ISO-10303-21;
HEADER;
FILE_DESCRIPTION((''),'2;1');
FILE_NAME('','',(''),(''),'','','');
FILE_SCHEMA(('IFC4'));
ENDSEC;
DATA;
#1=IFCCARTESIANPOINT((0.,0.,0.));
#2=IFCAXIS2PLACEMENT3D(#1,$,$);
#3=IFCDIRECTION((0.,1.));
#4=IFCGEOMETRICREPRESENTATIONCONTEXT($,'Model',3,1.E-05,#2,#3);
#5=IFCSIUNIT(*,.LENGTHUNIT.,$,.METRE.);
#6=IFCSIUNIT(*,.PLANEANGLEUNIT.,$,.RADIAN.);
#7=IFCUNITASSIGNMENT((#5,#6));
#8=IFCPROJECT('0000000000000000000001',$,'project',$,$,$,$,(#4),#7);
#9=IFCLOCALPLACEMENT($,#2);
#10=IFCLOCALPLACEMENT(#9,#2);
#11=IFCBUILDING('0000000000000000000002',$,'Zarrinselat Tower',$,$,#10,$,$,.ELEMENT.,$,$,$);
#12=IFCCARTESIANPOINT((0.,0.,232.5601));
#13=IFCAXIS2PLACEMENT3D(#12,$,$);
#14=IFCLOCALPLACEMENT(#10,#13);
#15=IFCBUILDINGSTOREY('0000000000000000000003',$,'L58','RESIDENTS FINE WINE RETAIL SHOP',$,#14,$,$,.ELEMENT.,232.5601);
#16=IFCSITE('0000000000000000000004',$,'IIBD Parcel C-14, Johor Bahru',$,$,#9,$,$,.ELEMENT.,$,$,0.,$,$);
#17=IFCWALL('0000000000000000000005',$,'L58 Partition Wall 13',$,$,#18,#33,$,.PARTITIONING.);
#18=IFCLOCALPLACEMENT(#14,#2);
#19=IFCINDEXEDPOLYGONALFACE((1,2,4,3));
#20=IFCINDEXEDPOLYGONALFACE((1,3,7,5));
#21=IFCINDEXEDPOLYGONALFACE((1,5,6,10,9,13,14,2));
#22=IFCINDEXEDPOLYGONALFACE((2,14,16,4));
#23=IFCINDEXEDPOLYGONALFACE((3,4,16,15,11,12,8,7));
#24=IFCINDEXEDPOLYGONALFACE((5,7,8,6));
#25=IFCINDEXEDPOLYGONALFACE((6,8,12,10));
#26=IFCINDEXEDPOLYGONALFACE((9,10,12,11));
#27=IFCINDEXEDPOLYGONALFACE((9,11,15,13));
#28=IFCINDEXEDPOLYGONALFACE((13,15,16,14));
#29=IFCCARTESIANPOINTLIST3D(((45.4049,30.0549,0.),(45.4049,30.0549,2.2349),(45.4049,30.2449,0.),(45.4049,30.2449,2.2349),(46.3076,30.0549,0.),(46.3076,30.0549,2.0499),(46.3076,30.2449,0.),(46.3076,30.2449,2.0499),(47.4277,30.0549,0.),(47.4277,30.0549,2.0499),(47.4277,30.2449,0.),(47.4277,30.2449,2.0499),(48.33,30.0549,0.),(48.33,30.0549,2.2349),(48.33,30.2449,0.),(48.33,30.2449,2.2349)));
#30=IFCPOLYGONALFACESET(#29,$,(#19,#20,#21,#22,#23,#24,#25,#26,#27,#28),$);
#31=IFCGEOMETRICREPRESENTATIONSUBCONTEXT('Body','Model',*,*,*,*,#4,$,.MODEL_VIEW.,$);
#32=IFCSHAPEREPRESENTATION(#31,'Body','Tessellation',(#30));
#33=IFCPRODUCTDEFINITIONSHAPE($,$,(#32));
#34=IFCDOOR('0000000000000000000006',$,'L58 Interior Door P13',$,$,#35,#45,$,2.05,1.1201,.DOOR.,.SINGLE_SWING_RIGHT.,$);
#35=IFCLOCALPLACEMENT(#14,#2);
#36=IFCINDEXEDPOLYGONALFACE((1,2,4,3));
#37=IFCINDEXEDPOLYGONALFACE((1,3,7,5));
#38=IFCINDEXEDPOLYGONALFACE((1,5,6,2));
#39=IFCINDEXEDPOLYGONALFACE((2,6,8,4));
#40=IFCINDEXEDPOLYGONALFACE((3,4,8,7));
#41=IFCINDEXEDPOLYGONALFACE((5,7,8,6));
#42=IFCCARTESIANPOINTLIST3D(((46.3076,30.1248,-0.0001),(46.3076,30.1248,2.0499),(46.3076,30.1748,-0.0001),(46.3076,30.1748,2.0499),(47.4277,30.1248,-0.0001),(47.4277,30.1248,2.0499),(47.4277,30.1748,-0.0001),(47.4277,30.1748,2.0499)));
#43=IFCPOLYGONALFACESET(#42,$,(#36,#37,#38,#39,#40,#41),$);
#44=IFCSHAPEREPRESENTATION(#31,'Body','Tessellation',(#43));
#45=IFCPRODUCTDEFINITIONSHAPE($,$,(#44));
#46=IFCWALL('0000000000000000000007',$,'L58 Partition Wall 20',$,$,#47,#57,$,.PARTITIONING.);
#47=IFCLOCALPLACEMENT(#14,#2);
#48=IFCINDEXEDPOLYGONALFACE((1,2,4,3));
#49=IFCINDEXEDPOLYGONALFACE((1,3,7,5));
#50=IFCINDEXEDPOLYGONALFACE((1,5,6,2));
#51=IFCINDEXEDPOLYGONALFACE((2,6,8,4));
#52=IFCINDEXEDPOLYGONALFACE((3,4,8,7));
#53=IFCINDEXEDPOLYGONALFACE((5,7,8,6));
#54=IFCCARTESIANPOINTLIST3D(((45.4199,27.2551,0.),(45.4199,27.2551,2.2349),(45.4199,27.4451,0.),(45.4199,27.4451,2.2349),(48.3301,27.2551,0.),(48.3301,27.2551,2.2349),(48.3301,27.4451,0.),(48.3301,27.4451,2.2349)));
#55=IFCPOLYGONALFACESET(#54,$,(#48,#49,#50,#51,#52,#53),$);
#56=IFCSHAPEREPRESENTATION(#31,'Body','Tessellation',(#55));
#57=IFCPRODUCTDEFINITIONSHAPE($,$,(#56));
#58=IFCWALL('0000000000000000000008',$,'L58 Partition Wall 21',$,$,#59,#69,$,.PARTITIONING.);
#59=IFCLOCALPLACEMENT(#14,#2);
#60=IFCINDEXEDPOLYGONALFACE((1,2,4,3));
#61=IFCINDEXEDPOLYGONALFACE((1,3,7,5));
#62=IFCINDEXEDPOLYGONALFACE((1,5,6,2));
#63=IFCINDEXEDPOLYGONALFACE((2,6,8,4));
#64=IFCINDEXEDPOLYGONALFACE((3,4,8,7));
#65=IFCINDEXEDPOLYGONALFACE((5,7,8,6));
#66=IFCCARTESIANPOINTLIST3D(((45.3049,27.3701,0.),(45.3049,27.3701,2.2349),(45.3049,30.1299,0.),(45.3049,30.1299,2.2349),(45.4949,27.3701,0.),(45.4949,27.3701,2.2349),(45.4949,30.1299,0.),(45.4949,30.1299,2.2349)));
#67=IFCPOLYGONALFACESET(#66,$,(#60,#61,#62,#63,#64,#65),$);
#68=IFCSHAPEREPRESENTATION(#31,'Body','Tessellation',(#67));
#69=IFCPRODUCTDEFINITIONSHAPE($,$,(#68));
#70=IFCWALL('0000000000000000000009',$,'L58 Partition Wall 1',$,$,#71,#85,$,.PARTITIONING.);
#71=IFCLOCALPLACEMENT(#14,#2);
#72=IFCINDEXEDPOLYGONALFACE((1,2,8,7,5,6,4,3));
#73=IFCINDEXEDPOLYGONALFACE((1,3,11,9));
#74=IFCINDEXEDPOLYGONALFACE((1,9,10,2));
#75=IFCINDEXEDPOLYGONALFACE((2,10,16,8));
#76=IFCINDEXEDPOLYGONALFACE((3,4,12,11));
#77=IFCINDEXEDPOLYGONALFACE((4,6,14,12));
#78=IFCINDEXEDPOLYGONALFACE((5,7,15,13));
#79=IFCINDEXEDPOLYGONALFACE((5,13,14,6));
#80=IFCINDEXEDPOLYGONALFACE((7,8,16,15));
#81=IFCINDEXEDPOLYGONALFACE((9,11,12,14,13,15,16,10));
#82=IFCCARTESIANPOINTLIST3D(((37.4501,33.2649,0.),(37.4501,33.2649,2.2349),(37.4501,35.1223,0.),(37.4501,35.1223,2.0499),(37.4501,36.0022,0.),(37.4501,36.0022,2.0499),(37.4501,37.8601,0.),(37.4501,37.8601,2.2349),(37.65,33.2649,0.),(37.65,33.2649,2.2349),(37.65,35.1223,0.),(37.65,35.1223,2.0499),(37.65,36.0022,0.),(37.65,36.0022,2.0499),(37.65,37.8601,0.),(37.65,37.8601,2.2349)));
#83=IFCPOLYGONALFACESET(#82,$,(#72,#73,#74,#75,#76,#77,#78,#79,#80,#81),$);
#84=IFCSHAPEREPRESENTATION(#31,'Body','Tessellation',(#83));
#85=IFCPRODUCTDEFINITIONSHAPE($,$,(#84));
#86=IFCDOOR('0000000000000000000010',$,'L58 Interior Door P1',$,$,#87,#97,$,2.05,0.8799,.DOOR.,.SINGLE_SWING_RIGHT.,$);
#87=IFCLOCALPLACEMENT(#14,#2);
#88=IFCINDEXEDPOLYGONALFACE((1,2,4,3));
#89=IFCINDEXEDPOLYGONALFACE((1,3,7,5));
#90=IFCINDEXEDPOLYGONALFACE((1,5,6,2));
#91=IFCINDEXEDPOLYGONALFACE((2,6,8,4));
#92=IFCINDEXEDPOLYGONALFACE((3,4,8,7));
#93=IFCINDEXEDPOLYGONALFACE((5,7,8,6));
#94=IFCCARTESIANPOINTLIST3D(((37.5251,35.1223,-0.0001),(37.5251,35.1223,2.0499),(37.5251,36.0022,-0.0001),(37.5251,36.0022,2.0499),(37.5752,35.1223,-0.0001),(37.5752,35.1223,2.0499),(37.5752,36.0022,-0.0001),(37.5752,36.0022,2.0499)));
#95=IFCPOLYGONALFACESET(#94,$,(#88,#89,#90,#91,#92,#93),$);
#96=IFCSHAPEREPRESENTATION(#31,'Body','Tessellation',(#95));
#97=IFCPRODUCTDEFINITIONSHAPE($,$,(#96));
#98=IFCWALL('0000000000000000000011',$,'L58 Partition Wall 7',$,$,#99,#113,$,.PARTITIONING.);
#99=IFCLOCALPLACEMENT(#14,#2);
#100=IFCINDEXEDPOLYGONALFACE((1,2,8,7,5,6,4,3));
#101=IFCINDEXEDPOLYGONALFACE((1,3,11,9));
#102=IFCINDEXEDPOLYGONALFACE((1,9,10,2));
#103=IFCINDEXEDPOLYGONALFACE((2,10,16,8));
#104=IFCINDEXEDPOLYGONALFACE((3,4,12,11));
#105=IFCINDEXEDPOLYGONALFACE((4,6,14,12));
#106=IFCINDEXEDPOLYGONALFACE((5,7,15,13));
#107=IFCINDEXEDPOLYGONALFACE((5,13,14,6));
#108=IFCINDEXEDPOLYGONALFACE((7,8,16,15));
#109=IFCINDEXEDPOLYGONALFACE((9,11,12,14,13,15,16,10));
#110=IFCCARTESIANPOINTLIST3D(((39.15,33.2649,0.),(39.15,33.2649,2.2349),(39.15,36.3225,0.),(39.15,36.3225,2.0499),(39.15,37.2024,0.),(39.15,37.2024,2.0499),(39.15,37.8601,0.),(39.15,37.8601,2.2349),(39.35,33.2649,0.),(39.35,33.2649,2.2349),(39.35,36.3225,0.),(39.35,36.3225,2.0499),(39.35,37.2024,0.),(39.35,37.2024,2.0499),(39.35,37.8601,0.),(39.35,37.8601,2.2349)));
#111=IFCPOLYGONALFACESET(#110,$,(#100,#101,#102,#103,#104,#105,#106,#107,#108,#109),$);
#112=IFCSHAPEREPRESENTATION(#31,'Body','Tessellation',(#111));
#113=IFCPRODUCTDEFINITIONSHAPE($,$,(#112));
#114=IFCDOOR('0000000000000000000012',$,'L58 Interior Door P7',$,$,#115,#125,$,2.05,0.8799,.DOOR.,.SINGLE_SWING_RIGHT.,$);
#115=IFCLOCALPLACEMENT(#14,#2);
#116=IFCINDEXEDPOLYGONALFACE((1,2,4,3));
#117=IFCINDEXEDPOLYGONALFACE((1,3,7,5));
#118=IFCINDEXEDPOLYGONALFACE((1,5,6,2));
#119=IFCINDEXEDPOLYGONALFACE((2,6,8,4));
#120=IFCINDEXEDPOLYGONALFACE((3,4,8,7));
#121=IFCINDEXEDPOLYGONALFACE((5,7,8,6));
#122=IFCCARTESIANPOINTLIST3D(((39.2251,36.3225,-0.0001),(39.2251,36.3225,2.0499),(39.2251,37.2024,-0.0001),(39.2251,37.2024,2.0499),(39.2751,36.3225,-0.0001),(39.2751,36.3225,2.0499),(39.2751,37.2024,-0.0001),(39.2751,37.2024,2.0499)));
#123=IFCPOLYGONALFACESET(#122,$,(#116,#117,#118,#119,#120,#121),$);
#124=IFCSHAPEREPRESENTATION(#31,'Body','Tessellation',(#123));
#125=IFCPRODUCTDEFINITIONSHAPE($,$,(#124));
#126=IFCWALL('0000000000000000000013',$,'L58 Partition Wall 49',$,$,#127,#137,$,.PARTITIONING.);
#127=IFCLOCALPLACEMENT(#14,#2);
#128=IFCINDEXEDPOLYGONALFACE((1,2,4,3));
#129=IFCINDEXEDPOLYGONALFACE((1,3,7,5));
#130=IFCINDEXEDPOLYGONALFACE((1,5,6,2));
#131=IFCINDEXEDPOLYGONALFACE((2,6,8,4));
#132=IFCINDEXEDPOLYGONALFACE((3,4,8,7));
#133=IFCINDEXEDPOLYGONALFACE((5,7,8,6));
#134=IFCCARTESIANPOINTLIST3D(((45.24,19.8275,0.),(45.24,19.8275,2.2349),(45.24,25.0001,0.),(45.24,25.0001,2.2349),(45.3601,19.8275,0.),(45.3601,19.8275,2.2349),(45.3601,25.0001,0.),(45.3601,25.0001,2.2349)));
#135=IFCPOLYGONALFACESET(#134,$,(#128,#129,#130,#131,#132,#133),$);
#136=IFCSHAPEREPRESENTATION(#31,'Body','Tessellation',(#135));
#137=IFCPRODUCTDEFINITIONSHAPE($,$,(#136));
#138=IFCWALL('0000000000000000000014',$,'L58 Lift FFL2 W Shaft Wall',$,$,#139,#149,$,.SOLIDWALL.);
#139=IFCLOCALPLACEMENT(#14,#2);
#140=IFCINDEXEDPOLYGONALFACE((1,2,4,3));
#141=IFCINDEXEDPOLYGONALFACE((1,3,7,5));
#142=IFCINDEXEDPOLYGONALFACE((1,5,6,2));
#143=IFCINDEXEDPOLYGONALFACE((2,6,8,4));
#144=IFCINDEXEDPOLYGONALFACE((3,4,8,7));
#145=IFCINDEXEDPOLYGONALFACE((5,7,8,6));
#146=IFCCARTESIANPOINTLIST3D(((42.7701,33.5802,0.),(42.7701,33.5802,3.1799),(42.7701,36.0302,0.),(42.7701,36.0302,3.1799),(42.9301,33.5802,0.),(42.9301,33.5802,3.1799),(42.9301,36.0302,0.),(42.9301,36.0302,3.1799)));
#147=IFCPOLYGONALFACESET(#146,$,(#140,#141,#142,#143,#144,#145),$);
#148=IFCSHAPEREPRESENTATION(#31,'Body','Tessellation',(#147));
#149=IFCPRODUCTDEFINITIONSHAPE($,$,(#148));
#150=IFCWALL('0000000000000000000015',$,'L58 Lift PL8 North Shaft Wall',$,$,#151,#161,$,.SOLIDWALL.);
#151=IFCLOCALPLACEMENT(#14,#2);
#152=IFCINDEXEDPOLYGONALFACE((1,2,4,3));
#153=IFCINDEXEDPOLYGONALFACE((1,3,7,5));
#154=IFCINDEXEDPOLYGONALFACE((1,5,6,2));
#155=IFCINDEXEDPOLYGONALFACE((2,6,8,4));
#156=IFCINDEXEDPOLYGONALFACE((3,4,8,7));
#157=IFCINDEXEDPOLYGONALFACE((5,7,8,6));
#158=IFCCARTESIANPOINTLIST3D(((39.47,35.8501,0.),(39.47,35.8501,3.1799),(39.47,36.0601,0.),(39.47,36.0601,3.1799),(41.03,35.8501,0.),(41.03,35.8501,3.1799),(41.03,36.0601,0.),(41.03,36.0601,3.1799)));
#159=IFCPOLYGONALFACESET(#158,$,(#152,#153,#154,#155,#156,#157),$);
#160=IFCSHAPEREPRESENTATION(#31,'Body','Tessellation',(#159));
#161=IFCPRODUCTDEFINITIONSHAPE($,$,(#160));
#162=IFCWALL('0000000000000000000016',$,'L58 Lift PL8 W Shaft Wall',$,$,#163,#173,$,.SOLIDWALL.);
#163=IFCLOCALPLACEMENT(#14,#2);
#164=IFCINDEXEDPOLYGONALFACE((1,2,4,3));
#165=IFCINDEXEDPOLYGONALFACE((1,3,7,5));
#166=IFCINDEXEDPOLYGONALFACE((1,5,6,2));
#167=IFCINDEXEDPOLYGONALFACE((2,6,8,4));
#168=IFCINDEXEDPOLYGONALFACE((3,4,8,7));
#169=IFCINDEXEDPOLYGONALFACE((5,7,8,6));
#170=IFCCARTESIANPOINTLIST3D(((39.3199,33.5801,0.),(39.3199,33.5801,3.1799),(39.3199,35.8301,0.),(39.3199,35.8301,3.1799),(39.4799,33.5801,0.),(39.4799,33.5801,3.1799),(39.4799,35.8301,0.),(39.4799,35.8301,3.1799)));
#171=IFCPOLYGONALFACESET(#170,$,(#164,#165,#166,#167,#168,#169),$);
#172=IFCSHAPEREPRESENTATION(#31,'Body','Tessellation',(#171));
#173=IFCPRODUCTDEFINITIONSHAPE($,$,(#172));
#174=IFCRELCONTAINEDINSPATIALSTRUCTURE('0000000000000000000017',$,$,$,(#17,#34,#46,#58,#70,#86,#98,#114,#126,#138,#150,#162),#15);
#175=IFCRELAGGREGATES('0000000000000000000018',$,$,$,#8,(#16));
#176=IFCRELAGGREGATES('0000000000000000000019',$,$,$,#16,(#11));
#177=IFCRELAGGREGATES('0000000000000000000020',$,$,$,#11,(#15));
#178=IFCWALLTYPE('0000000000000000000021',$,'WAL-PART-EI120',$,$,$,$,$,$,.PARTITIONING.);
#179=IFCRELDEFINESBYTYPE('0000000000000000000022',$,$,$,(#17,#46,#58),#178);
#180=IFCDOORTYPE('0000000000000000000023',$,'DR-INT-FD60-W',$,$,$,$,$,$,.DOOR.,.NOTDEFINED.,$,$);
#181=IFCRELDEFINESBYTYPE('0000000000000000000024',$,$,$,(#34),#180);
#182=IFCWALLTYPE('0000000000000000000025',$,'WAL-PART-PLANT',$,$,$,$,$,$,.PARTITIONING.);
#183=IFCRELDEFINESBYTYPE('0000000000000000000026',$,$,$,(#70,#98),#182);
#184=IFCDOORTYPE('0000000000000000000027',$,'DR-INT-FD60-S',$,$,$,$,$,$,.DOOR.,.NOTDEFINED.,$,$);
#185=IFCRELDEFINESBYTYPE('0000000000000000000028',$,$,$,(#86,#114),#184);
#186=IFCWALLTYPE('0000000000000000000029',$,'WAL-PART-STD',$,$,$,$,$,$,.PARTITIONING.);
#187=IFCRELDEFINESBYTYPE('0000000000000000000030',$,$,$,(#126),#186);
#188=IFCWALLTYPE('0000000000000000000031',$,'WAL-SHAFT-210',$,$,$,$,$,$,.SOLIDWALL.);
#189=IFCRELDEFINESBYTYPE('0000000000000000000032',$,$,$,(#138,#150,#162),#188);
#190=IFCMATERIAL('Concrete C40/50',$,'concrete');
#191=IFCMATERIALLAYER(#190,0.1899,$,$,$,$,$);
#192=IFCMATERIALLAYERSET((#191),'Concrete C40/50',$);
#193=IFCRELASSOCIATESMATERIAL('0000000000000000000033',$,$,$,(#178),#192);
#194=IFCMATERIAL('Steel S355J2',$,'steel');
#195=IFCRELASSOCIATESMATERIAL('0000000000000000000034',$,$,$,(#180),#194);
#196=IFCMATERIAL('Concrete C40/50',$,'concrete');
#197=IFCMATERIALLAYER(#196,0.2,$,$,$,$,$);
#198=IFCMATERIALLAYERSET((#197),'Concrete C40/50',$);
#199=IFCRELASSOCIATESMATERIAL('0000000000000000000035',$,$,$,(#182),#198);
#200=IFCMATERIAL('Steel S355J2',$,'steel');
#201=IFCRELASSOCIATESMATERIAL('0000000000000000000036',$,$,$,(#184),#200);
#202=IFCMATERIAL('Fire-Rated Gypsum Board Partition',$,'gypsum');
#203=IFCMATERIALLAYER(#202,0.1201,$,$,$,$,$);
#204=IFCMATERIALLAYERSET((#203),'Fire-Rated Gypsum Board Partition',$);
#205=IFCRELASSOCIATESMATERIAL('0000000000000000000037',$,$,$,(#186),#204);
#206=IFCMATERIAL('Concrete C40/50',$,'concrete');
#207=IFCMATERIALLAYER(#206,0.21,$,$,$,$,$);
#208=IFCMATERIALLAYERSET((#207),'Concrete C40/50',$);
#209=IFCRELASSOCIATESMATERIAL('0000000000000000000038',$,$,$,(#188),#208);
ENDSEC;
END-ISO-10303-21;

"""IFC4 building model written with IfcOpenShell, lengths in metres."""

from ifc_helpers import new_model, si_unit, direction, frame, frame_2d, origin, place, context, subcontext, project, spatial, rectangle, extrude, material, layer, layer_set, type_object, element, fill, save


model = new_model("IFC4")

# Units and contexts
model_context = context("Model", 3, precision=1e-05, world=origin(), true_north=direction((0.0, 1.0)))
body_context = subcontext(model_context, "Body", "Model", "MODEL_VIEW")
ifc_project = project(units=[si_unit("LENGTHUNIT", "METRE"), si_unit("PLANEANGLEUNIT", "RADIAN")], contexts=[model_context])

# Site, building, storey
site_placement = place(None, origin())
site = spatial("IfcSite", under=ifc_project, at=site_placement, Name="IIBD Parcel C-14, Johor Bahru", CompositionType="ELEMENT", RefElevation=0.0)
building_placement = place(site_placement, origin())
building = spatial("IfcBuilding", under=site, at=building_placement, Name="Zarrinselat Tower", CompositionType="ELEMENT")
storey_placement = place(building_placement, frame((0.0, 0.0, 232.5601)))
storey = spatial("IfcBuildingStorey", under=building, at=storey_placement, Name="L58", Description="RESIDENTS FINE WINE RETAIL SHOP", CompositionType="ELEMENT", Elevation=232.5601)

# Wall, opening, door
ifc_material_1 = material(Name="Concrete C40/50", Category="concrete")
ifc_layer_1 = layer(ifc_material_1, 0.1899)
ifc_layer_set_1 = layer_set([ifc_layer_1], Name="Concrete C40/50")
wall_type_1 = type_object("IfcWallType", Name="WAL-PART-EI120", PredefinedType="PARTITIONING", material=ifc_layer_set_1)
wall_1_placement = place(storey_placement, frame((45.405, 30.1499, 0.0), z_axis=(0.0, 0.0, 1.0), x_axis=(1.0, 0.0, 0.0)))
wall_1 = element("IfcWall", 1, at=wall_1_placement, inside=storey, type_object=wall_type_1, Name="L58 Partition Wall 13", PredefinedType="PARTITIONING", context=body_context, shape_type="SweptSolid", body=[
    extrude(rectangle(XDim=2.925, YDim=0.1899, at=frame_2d((1.4624, 0.0))), origin(), (0.0, 0.0, 1.0), 2.2349),
])
opening_1_placement = place(wall_1_placement, frame((0.9026, 0.0, 0.0)))
opening_1 = element("IfcOpeningElement", 2, at=opening_1_placement, cuts=wall_1, PredefinedType="OPENING", context=body_context, shape_type="SweptSolid", body=[
    extrude(rectangle(XDim=1.1201, YDim=2.05, at=frame_2d((0.5601, 1.0249))), frame((0.0, 0.105, 0.0), z_axis=(0.0, -1.0, 0.0), x_axis=(1.0, 0.0, 0.0)), (0.0, 0.0, 1.0), 0.21),
])
ifc_material_2 = material(Name="Steel S355J2", Category="steel")
door_type_1 = type_object("IfcDoorType", Name="DR-INT-FD60-W", OperationType="NOTDEFINED", PredefinedType="DOOR", material=ifc_material_2)
door_1_placement = place(opening_1_placement, origin())
door_1 = element("IfcDoor", 3, at=door_1_placement, inside=storey, type_object=door_type_1, Name="L58 Interior Door P13", OperationType="SINGLE_SWING_RIGHT", OverallHeight=2.05, OverallWidth=1.1201, PredefinedType="DOOR", context=body_context, shape_type="SweptSolid", body=[
    extrude(rectangle(XDim=1.1201, YDim=2.05, at=frame_2d((0.5601, 1.0249))), frame((0.0, 0.0249, 0.0), z_axis=(0.0, -1.0, 0.0), x_axis=(1.0, 0.0, 0.0)), (0.0, 0.0, 1.0), 0.05),
])
fill(opening_1, door_1)

# Walls
wall_2_placement = place(storey_placement, frame((45.4199, 27.3501, 0.0), z_axis=(0.0, 0.0, 1.0), x_axis=(1.0, 0.0, 0.0)))
element("IfcWall", 4, at=wall_2_placement, inside=storey, type_object=wall_type_1, Name="L58 Partition Wall 20", PredefinedType="PARTITIONING", context=body_context, shape_type="SweptSolid", body=[
    extrude(rectangle(XDim=2.9102, YDim=0.1899, at=frame_2d((1.4551, 0.0))), origin(), (0.0, 0.0, 1.0), 2.2349),
])
wall_3_placement = place(storey_placement, frame((45.3999, 27.3701, 0.0), z_axis=(0.0, 0.0, 1.0), x_axis=(0.0, 1.0, 0.0)))
element("IfcWall", 5, at=wall_3_placement, inside=storey, type_object=wall_type_1, Name="L58 Partition Wall 21", PredefinedType="PARTITIONING", context=body_context, shape_type="SweptSolid", body=[
    extrude(rectangle(XDim=2.7598, YDim=0.1899, at=frame_2d((1.3799, 0.0))), origin(), (0.0, 0.0, 1.0), 2.2349),
])

# Walls, openings, doors
ifc_material_3 = material(Name="Concrete C40/50", Category="concrete")
ifc_layer_2 = layer(ifc_material_3, 0.2)
ifc_layer_set_2 = layer_set([ifc_layer_2], Name="Concrete C40/50")
wall_type_2 = type_object("IfcWallType", Name="WAL-PART-PLANT", PredefinedType="PARTITIONING", material=ifc_layer_set_2)
wall_4_placement = place(storey_placement, frame((37.55, 33.2649, 0.0), z_axis=(0.0, 0.0, 1.0), x_axis=(0.0, 1.0, 0.0)))
wall_4 = element("IfcWall", 6, at=wall_4_placement, inside=storey, type_object=wall_type_2, Name="L58 Partition Wall 1", PredefinedType="PARTITIONING", context=body_context, shape_type="SweptSolid", body=[
    extrude(rectangle(XDim=4.5952, YDim=0.2, at=frame_2d((2.2976, 0.0))), origin(), (0.0, 0.0, 1.0), 2.2349),
])
opening_2_placement = place(wall_4_placement, frame((1.8574, 0.0, 0.0)))
opening_2 = element("IfcOpeningElement", 7, at=opening_2_placement, cuts=wall_4, PredefinedType="OPENING", context=body_context, shape_type="SweptSolid", body=[
    extrude(rectangle(XDim=0.8799, YDim=2.05, at=frame_2d((0.4399, 1.0249))), frame((0.0, 0.1099, 0.0), z_axis=(0.0, -1.0, 0.0), x_axis=(1.0, 0.0, 0.0)), (0.0, 0.0, 1.0), 0.22),
])
ifc_material_4 = material(Name="Steel S355J2", Category="steel")
door_type_2 = type_object("IfcDoorType", Name="DR-INT-FD60-S", OperationType="NOTDEFINED", PredefinedType="DOOR", material=ifc_material_4)
door_2_placement = place(opening_2_placement, origin())
door_2 = element("IfcDoor", 8, at=door_2_placement, inside=storey, type_object=door_type_2, Name="L58 Interior Door P1", OperationType="SINGLE_SWING_RIGHT", OverallHeight=2.05, OverallWidth=0.8799, PredefinedType="DOOR", context=body_context, shape_type="SweptSolid", body=[
    extrude(rectangle(XDim=0.8799, YDim=2.05, at=frame_2d((0.4399, 1.0249))), frame((0.0, 0.0249, 0.0), z_axis=(0.0, -1.0, 0.0), x_axis=(1.0, 0.0, 0.0)), (0.0, 0.0, 1.0), 0.05),
])
fill(opening_2, door_2)
wall_5_placement = place(storey_placement, frame((39.25, 33.2649, 0.0), z_axis=(0.0, 0.0, 1.0), x_axis=(0.0, 1.0, 0.0)))
wall_5 = element("IfcWall", 9, at=wall_5_placement, inside=storey, type_object=wall_type_2, Name="L58 Partition Wall 7", PredefinedType="PARTITIONING", context=body_context, shape_type="SweptSolid", body=[
    extrude(rectangle(XDim=4.5952, YDim=0.2, at=frame_2d((2.2976, 0.0))), origin(), (0.0, 0.0, 1.0), 2.2349),
])
opening_3_placement = place(wall_5_placement, frame((3.0576, 0.0, 0.0)))
opening_3 = element("IfcOpeningElement", 10, at=opening_3_placement, cuts=wall_5, PredefinedType="OPENING", context=body_context, shape_type="SweptSolid", body=[
    extrude(rectangle(XDim=0.8799, YDim=2.05, at=frame_2d((0.4399, 1.0249))), frame((0.0, 0.1099, 0.0), z_axis=(0.0, -1.0, 0.0), x_axis=(1.0, 0.0, 0.0)), (0.0, 0.0, 1.0), 0.22),
])
door_3_placement = place(opening_3_placement, origin())
door_3 = element("IfcDoor", 11, at=door_3_placement, inside=storey, type_object=door_type_2, Name="L58 Interior Door P7", OperationType="SINGLE_SWING_RIGHT", OverallHeight=2.05, OverallWidth=0.8799, PredefinedType="DOOR", context=body_context, shape_type="SweptSolid", body=[
    extrude(rectangle(XDim=0.8799, YDim=2.05, at=frame_2d((0.4399, 1.0249))), frame((0.0, 0.0249, 0.0), z_axis=(0.0, -1.0, 0.0), x_axis=(1.0, 0.0, 0.0)), (0.0, 0.0, 1.0), 0.05),
])
fill(opening_3, door_3)

# Walls
ifc_material_5 = material(Name="Fire-Rated Gypsum Board Partition", Category="gypsum")
ifc_layer_3 = layer(ifc_material_5, 0.1201)
ifc_layer_set_3 = layer_set([ifc_layer_3], Name="Fire-Rated Gypsum Board Partition")
wall_type_3 = type_object("IfcWallType", Name="WAL-PART-STD", PredefinedType="PARTITIONING", material=ifc_layer_set_3)
wall_6_placement = place(storey_placement, frame((45.3, 19.8274, 0.0), z_axis=(0.0, 0.0, 1.0), x_axis=(0.0, 1.0, 0.0)))
element("IfcWall", 12, at=wall_6_placement, inside=storey, type_object=wall_type_3, Name="L58 Partition Wall 49", PredefinedType="PARTITIONING", context=body_context, shape_type="SweptSolid", body=[
    extrude(rectangle(XDim=5.1726, YDim=0.1201, at=frame_2d((2.5864, 0.0))), origin(), (0.0, 0.0, 1.0), 2.2349),
])
ifc_material_6 = material(Name="Concrete C40/50", Category="concrete")
ifc_layer_4 = layer(ifc_material_6, 0.21)
ifc_layer_set_4 = layer_set([ifc_layer_4], Name="Concrete C40/50")
wall_type_4 = type_object("IfcWallType", Name="WAL-SHAFT-210", PredefinedType="SOLIDWALL", material=ifc_layer_set_4)
wall_7_placement = place(storey_placement, frame((42.8501, 33.5801, 0.0), z_axis=(0.0, 0.0, 1.0), x_axis=(0.0, 1.0, 0.0)))
element("IfcWall", 13, at=wall_7_placement, inside=storey, type_object=wall_type_4, Name="L58 Lift FFL2 W Shaft Wall", PredefinedType="SOLIDWALL", context=body_context, shape_type="SweptSolid", body=[
    extrude(rectangle(XDim=2.45, YDim=0.1599, at=frame_2d((1.2251, 0.0))), origin(), (0.0, 0.0, 1.0), 3.1799),
])
wall_8_placement = place(storey_placement, frame((39.47, 35.9551, 0.0), z_axis=(0.0, 0.0, 1.0), x_axis=(1.0, 0.0, 0.0)))
element("IfcWall", 14, at=wall_8_placement, inside=storey, type_object=wall_type_4, Name="L58 Lift PL8 North Shaft Wall", PredefinedType="SOLIDWALL", context=body_context, shape_type="SweptSolid", body=[
    extrude(rectangle(XDim=1.5601, YDim=0.21, at=frame_2d((0.78, 0.0))), origin(), (0.0, 0.0, 1.0), 3.1799),
])
for number, where, z_axis, x_axis, name in (
    (15, (39.3999, 33.5801, 0.0), (0.0, 0.0, 1.0), (0.0, 1.0, 0.0), "L58 Lift PL8 W Shaft Wall"),
):
    element("IfcWall", number, at=place(storey_placement, frame(where, z_axis=z_axis, x_axis=x_axis)), inside=storey, type_object=wall_type_4, Name=name, PredefinedType="SOLIDWALL", context=body_context, shape_type="SweptSolid", body=[
        extrude(rectangle(XDim=2.25, YDim=0.1599, at=frame_2d((1.125, 0.0))), origin(), (0.0, 0.0, 1.0), 3.1799),
    ])

save(model, "model.ifc")
